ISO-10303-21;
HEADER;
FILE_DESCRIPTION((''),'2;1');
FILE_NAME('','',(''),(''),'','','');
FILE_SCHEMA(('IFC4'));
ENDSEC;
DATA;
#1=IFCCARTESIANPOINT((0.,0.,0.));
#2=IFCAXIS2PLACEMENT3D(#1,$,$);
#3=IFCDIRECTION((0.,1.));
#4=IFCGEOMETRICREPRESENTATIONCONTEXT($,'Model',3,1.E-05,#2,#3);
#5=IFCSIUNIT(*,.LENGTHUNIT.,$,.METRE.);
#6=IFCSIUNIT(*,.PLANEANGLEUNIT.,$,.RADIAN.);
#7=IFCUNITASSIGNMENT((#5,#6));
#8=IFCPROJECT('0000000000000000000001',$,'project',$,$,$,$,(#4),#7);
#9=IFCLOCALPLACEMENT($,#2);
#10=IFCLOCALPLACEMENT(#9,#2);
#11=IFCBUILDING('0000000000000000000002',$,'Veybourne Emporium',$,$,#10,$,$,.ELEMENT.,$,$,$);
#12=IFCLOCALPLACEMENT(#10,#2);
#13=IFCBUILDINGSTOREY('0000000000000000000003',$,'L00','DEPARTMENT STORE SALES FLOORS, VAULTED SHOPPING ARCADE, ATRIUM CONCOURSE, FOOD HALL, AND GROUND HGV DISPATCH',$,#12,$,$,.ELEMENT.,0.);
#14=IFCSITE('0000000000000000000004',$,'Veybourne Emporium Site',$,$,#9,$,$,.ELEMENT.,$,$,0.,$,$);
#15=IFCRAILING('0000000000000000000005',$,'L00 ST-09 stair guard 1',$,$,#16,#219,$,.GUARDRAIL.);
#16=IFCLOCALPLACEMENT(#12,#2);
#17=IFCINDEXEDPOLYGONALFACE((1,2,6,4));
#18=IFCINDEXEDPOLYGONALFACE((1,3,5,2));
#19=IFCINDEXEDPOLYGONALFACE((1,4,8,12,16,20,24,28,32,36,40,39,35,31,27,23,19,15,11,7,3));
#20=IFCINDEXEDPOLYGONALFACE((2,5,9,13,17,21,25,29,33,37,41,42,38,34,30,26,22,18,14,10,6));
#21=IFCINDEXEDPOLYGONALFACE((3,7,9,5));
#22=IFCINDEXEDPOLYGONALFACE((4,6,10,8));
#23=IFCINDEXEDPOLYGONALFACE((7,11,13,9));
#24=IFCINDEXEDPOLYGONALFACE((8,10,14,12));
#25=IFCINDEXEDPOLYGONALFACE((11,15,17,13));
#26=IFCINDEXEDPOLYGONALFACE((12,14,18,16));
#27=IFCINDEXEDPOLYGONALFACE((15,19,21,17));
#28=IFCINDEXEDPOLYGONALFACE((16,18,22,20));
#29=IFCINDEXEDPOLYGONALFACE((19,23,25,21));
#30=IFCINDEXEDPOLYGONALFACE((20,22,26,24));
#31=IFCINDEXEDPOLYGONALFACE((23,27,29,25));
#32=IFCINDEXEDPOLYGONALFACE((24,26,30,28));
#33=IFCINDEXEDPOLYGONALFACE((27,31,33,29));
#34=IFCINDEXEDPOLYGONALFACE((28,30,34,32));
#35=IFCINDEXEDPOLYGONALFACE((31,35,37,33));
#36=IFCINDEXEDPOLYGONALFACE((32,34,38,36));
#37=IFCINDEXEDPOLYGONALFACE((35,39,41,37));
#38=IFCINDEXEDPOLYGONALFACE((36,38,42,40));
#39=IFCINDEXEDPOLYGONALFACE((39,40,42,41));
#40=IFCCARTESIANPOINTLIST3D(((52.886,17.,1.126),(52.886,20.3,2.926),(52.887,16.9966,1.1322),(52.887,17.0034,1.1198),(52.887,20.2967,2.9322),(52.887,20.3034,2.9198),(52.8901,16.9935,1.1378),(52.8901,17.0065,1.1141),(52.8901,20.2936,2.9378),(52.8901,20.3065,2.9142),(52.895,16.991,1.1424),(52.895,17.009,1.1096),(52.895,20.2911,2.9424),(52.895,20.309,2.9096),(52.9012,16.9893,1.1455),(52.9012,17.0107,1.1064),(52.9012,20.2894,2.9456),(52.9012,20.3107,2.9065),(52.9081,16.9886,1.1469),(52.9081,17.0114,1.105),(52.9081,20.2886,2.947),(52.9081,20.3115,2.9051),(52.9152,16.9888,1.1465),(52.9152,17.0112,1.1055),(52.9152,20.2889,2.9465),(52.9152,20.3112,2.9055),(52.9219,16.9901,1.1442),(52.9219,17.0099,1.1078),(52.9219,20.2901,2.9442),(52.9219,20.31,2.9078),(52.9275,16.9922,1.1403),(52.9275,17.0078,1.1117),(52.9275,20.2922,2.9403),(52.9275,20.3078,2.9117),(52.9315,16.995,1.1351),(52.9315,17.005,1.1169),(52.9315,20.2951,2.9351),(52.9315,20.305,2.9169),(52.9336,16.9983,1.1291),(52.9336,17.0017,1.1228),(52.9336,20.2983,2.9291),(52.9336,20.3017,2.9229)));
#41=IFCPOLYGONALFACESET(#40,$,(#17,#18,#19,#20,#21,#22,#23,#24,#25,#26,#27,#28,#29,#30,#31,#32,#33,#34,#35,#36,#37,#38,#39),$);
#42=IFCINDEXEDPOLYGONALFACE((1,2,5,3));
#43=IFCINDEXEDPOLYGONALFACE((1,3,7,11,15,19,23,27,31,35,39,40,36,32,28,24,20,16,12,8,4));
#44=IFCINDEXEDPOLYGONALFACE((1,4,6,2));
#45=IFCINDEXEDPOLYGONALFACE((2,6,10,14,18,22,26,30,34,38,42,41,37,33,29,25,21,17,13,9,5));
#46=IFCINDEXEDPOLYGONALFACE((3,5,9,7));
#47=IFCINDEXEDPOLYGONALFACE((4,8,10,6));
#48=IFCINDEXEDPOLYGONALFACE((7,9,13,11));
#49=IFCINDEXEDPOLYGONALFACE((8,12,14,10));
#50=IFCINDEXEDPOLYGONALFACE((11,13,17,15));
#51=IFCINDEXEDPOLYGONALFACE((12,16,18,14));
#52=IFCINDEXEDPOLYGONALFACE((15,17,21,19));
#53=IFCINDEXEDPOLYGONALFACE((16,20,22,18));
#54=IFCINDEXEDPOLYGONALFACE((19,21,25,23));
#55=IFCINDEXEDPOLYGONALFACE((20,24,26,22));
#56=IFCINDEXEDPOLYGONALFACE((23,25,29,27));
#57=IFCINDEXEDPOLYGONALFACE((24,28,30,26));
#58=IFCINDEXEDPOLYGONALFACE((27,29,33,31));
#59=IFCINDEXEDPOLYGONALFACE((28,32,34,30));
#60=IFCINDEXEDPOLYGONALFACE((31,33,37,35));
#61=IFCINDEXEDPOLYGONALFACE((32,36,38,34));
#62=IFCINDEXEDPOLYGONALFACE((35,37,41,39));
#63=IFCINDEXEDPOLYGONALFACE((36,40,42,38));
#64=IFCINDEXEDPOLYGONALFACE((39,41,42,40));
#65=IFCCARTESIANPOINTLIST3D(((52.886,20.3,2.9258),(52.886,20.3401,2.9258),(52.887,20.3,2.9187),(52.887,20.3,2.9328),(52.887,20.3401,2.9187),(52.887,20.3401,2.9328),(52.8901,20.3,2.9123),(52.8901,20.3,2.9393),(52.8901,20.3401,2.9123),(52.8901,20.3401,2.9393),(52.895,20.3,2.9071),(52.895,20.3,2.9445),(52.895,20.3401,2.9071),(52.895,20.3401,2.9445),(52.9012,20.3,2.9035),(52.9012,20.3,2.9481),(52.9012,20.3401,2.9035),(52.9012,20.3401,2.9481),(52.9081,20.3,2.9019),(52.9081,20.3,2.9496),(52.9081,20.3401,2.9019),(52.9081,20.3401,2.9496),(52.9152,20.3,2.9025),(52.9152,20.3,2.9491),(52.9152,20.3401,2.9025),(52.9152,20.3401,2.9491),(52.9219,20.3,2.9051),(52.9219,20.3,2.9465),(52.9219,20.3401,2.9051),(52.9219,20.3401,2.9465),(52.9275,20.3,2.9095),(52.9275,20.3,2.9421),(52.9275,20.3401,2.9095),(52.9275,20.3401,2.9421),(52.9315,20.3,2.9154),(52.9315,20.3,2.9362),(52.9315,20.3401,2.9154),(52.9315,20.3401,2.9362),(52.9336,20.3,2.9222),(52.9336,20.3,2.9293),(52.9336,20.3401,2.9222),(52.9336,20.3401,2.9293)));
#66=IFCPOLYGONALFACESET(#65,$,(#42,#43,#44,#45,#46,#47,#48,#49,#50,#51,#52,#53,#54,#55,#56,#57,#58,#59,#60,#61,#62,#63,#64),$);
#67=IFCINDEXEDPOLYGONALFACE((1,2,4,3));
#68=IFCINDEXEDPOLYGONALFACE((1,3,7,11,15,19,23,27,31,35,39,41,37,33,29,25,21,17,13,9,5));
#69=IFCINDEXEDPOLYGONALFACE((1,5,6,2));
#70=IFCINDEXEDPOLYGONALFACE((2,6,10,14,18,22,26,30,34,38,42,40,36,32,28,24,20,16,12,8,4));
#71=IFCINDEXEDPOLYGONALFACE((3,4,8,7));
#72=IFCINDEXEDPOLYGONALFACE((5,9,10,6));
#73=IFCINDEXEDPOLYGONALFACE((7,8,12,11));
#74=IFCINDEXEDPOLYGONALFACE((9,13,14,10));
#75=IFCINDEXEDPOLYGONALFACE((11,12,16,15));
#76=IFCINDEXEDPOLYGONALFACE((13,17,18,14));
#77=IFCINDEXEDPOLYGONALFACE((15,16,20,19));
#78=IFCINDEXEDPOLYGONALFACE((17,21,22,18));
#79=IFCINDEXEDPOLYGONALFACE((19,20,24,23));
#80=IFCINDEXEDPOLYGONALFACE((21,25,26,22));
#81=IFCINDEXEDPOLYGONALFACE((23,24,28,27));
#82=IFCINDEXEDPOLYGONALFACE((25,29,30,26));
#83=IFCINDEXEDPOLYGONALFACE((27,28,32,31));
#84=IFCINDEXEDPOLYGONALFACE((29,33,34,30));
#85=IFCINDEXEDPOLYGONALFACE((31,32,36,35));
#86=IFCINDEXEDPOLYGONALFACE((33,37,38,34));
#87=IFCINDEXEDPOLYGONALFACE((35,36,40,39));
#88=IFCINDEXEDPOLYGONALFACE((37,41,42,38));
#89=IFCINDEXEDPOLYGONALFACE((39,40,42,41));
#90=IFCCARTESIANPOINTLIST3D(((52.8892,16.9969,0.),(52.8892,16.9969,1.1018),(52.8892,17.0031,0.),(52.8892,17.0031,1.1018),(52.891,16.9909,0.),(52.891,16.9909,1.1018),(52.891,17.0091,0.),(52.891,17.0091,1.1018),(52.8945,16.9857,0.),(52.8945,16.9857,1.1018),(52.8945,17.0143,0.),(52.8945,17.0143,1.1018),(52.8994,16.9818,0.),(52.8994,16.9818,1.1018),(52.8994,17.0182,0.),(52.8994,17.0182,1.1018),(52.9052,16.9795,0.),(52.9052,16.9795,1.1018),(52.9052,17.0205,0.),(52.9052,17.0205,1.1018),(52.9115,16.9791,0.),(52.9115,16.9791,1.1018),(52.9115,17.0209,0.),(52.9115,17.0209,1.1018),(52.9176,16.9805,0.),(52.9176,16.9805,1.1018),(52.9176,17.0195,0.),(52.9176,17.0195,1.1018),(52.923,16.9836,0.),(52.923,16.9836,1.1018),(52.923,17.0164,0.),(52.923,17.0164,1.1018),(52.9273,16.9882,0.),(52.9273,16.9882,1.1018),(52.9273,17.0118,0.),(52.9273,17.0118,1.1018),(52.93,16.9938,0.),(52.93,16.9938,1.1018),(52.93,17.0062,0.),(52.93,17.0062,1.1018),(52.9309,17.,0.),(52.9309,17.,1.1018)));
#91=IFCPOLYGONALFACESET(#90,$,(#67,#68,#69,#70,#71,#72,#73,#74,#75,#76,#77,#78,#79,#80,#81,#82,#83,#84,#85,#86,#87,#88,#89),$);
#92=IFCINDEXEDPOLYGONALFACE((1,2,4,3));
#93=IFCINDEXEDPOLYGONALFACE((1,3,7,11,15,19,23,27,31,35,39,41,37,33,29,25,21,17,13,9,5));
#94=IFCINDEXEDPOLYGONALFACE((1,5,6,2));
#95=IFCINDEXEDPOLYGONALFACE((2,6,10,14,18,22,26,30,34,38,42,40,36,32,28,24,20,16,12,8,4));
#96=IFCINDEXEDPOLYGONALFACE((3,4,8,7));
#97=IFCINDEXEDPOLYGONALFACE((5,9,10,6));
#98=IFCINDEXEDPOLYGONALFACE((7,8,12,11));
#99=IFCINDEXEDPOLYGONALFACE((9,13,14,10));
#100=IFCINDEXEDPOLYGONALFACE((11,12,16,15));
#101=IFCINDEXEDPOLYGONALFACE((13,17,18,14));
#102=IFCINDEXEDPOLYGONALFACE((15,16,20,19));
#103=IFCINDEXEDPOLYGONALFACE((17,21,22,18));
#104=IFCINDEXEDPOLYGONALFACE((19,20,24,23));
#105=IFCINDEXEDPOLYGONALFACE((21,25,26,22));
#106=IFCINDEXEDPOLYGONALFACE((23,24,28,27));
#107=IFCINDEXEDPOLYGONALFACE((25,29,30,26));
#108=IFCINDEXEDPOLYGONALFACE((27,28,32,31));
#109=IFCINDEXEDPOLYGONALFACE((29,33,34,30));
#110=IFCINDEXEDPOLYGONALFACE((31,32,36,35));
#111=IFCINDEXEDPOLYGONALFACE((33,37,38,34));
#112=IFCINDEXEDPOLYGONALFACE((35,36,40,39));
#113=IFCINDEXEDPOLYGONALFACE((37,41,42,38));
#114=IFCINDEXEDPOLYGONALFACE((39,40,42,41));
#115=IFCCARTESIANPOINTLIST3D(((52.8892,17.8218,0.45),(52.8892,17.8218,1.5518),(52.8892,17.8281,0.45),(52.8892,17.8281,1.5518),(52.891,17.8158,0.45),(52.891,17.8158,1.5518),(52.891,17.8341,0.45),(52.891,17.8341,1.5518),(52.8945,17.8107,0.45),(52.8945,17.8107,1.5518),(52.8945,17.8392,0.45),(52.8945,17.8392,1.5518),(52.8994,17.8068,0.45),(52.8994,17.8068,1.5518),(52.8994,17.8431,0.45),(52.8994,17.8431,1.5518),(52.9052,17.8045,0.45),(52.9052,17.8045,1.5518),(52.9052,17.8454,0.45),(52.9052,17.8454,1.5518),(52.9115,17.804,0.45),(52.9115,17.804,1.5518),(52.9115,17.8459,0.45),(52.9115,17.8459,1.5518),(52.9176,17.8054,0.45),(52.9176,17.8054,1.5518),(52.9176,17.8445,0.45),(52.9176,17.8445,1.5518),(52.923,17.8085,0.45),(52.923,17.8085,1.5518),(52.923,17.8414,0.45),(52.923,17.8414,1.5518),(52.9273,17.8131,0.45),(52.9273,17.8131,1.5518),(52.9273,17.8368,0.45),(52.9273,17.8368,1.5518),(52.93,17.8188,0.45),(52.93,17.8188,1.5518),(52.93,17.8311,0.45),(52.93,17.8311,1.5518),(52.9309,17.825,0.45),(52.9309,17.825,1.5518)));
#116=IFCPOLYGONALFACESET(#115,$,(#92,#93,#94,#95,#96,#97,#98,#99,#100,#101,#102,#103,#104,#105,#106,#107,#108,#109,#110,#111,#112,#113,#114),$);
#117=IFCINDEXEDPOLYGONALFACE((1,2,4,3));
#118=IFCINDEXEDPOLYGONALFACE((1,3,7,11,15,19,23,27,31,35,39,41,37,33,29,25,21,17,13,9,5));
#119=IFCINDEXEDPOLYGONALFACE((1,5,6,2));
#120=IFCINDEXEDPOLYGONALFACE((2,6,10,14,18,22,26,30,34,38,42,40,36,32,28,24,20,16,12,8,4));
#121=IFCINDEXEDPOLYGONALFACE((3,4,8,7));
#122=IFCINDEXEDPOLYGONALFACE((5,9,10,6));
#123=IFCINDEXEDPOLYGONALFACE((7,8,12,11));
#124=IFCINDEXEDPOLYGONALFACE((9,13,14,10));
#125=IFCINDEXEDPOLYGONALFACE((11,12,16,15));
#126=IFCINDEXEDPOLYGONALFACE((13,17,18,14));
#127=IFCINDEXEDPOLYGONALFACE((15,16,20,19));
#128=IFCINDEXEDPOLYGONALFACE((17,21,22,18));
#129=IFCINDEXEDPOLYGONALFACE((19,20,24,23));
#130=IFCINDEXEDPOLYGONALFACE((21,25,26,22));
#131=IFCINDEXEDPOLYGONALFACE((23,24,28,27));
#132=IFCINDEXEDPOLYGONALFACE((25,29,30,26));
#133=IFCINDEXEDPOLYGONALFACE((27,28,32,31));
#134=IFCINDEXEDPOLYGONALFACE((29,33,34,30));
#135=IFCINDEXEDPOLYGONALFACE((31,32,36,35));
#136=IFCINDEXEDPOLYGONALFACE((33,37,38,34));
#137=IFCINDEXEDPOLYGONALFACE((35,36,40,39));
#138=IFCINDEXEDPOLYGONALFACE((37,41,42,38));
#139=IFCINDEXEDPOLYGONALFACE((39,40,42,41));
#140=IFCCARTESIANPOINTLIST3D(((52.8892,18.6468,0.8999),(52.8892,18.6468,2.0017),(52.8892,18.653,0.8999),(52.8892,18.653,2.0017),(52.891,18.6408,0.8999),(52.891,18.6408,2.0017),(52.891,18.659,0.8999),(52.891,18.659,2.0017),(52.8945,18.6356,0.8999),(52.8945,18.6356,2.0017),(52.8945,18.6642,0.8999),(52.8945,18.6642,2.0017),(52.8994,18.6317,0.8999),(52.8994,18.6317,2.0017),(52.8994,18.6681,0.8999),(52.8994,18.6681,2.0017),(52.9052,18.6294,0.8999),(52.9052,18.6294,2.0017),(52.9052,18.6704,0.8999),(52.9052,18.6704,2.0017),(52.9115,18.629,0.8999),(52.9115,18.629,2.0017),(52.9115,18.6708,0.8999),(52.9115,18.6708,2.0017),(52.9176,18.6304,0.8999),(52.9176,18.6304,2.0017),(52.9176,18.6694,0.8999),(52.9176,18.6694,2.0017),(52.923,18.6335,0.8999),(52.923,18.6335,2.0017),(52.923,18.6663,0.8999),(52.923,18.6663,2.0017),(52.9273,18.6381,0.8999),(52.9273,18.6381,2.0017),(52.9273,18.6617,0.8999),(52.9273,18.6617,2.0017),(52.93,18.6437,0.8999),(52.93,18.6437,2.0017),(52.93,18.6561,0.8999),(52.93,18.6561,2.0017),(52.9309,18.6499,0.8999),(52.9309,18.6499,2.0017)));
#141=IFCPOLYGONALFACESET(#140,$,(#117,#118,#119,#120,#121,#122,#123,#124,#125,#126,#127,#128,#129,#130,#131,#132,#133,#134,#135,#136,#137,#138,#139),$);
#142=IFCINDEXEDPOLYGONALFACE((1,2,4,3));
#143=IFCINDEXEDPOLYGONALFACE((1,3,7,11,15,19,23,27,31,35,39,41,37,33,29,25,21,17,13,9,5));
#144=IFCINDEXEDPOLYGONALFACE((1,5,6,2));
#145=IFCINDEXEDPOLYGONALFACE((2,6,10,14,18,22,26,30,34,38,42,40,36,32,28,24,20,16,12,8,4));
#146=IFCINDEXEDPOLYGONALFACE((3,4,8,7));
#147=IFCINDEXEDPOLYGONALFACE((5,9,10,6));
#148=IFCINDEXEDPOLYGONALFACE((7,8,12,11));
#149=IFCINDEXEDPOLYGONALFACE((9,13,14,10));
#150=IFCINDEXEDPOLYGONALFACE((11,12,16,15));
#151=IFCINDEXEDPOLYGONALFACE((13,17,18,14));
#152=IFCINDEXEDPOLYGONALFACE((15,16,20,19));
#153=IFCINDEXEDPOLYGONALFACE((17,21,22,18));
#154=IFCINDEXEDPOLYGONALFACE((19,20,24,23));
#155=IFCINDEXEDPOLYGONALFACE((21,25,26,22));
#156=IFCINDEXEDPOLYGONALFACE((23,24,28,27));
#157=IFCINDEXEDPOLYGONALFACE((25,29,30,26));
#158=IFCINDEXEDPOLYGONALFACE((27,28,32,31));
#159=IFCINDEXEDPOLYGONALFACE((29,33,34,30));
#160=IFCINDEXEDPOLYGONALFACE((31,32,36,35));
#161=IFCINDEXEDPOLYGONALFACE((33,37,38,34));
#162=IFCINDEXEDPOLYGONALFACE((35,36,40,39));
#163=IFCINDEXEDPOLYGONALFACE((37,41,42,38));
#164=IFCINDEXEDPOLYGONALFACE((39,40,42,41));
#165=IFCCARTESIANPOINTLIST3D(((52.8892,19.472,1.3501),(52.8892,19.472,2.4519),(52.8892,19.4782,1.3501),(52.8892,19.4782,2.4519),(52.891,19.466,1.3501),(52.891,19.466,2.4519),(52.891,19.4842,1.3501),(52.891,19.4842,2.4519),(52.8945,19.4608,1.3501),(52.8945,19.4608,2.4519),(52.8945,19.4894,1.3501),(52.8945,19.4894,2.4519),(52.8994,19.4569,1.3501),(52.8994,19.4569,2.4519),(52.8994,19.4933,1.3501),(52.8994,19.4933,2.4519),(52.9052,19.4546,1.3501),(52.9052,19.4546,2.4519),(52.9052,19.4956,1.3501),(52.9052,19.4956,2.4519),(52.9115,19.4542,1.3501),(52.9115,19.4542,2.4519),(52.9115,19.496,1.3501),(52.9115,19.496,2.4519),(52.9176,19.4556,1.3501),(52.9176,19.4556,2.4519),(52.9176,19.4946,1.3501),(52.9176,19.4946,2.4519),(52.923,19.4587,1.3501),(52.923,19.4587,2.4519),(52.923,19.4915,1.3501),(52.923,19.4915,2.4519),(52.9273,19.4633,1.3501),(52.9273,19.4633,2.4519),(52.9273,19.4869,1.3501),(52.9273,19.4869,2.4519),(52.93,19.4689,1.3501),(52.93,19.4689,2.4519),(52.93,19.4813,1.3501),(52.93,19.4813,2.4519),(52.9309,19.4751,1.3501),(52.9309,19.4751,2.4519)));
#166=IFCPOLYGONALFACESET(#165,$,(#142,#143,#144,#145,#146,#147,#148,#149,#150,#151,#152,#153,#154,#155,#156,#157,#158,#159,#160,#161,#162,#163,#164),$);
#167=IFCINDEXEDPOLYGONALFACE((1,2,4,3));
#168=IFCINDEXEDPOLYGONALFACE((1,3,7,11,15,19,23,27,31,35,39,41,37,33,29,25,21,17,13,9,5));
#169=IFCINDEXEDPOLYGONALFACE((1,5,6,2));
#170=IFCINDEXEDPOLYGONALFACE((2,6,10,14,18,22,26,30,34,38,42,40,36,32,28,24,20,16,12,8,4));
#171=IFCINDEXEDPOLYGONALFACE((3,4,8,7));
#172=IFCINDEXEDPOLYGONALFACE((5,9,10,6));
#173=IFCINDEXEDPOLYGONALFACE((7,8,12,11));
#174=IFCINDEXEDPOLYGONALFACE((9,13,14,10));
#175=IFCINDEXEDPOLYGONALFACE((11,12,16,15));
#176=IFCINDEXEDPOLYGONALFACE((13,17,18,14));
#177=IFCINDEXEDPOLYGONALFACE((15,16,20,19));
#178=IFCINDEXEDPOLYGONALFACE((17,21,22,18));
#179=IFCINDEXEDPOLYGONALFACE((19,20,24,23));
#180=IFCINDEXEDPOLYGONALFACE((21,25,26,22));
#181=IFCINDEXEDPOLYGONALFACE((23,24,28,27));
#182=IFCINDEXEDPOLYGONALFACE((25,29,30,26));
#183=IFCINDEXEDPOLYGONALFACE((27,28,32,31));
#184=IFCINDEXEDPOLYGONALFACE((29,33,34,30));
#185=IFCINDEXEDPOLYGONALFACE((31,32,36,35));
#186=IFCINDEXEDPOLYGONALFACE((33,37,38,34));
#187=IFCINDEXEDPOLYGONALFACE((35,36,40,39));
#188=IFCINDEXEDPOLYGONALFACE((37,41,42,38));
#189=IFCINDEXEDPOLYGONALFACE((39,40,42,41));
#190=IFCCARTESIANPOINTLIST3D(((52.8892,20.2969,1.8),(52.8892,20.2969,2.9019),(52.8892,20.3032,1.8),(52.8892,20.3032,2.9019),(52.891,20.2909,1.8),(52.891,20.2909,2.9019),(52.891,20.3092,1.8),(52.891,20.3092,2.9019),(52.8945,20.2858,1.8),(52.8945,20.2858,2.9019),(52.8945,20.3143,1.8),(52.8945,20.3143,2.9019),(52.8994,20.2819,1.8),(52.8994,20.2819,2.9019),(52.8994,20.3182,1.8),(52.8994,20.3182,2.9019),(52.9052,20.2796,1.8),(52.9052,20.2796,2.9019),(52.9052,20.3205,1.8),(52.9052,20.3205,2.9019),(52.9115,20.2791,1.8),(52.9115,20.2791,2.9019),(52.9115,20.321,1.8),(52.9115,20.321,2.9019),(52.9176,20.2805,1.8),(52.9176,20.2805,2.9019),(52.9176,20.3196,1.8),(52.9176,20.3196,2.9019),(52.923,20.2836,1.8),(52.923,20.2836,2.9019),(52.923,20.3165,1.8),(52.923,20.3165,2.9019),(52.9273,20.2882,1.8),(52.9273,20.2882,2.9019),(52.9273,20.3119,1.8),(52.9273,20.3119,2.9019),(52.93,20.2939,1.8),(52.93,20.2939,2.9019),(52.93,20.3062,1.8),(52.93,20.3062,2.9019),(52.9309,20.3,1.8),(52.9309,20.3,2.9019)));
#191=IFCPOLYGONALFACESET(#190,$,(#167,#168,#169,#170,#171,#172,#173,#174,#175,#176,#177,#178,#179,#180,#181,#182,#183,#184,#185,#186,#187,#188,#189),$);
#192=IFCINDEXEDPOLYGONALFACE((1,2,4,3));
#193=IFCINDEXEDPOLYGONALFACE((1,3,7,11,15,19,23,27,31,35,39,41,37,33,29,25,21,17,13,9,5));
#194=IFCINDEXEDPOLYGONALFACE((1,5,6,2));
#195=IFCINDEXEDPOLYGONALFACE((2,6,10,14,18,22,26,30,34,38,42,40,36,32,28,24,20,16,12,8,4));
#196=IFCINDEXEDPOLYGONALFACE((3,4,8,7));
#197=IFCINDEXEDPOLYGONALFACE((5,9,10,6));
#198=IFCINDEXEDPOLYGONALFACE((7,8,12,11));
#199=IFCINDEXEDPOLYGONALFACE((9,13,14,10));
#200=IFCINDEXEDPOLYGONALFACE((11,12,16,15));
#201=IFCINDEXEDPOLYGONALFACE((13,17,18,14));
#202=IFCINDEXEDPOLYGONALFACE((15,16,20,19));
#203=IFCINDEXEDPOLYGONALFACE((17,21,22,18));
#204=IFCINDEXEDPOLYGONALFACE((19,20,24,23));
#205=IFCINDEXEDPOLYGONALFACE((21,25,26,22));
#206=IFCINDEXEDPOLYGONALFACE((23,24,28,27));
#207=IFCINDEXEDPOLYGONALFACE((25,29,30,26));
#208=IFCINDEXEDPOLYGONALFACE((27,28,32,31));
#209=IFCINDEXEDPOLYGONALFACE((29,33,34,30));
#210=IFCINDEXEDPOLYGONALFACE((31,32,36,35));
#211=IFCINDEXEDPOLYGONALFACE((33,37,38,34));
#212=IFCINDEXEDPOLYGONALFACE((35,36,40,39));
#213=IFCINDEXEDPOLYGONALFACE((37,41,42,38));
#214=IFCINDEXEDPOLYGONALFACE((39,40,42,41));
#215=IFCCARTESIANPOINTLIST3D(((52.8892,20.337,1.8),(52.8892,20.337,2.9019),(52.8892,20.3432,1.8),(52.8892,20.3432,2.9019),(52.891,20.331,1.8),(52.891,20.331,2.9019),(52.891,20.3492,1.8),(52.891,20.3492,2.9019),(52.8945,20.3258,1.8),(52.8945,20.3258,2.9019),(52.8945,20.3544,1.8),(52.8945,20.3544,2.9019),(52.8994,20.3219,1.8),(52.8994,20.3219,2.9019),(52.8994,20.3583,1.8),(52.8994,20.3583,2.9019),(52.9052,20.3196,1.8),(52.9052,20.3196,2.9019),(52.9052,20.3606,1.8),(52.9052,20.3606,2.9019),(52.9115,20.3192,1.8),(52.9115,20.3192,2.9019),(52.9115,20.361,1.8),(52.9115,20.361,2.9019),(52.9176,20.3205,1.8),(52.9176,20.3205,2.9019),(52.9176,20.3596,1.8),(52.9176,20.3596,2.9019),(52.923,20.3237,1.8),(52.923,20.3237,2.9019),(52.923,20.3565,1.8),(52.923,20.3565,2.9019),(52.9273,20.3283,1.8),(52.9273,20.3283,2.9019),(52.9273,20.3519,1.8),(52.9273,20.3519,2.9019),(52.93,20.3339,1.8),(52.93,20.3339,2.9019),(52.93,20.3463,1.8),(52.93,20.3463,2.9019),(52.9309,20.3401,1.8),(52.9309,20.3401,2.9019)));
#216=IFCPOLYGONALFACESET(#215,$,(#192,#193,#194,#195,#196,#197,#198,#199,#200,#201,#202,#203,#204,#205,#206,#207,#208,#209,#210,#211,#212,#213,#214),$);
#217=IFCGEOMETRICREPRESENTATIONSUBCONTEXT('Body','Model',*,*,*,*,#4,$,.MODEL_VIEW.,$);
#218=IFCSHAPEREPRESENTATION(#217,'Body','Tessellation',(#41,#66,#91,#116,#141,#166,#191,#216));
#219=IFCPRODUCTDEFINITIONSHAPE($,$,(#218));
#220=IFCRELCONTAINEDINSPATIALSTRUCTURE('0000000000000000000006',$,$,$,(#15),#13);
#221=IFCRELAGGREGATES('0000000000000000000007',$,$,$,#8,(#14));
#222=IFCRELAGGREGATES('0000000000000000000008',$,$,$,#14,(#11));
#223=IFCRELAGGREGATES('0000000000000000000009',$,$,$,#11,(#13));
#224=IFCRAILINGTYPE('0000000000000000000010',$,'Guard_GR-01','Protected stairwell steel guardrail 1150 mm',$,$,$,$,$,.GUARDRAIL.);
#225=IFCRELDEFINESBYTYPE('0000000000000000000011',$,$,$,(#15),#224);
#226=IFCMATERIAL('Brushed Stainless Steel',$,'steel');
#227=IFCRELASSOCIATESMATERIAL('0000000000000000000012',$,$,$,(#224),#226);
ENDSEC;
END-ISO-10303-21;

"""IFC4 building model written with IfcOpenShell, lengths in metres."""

from ifc_helpers import new_model, si_unit, direction, frame, origin, origin_2d, place, context, subcontext, project, spatial, circle, extrude, material, type_object, element, save


model = new_model("IFC4")

# Units and contexts
model_context = context("Model", 3, precision=1e-05, world=origin(), true_north=direction((0.0, 1.0)))
body_context = subcontext(model_context, "Body", "Model", "MODEL_VIEW")
ifc_project = project(units=[si_unit("LENGTHUNIT", "METRE"), si_unit("PLANEANGLEUNIT", "RADIAN")], contexts=[model_context])

# Site, building, storey
site_placement = place(None, origin())
site = spatial("IfcSite", under=ifc_project, at=site_placement, Name="Veybourne Emporium Site", CompositionType="ELEMENT", RefElevation=0.0)
building_placement = place(site_placement, origin())
building = spatial("IfcBuilding", under=site, at=building_placement, Name="Veybourne Emporium", CompositionType="ELEMENT")
storey_placement = place(building_placement, origin())
storey = spatial("IfcBuildingStorey", under=building, at=storey_placement, Name="L00", Description="DEPARTMENT STORE SALES FLOORS, VAULTED SHOPPING ARCADE, ATRIUM CONCOURSE, FOOD HALL, AND GROUND HGV DISPATCH", CompositionType="ELEMENT", Elevation=0.0)

# Railing
ifc_material_1 = material(Name="Brushed Stainless Steel", Category="steel")
railing_type_1 = type_object("IfcRailingType", Name="Guard_GR-01", Description="Protected stairwell steel guardrail 1150 mm", PredefinedType="GUARDRAIL", material=ifc_material_1)
railing_1_placement = place(storey_placement, frame((52.9099, 17.0, 0.0)))
element("IfcRailing", 1, at=railing_1_placement, inside=storey, type_object=railing_type_1, Name="L00 ST-09 stair guard 1", PredefinedType="GUARDRAIL", context=body_context, shape_type="SweptSolid", body=[
    extrude(circle(Radius=0.0239, at=origin_2d()), frame((0.0, 0.0, 1.126), z_axis=(0.0, 0.877893, 0.478857), x_axis=(-1.0, 0.0, 0.0)), (0.0, 0.0, 1.0), 3.759),
    extrude(circle(Radius=0.0239, at=origin_2d()), frame((0.0, 3.3, 2.9258), z_axis=(0.0, 1.0, 0.0), x_axis=(-1.0, 0.0, 0.0)), (0.0, 0.0, 1.0), 0.04),
    extrude(circle(Radius=0.021, at=origin_2d()), origin(), (0.0, 0.0, 1.0), 1.1018),
    extrude(circle(Radius=0.021, at=origin_2d()), frame((0.0, 0.825, 0.45)), (0.0, 0.0, 1.0), 1.1018),
    extrude(circle(Radius=0.021, at=origin_2d()), frame((0.0, 1.6499, 0.8999)), (0.0, 0.0, 1.0), 1.1018),
    extrude(circle(Radius=0.021, at=origin_2d()), frame((0.0, 2.4751, 1.3501)), (0.0, 0.0, 1.0), 1.1018),
    extrude(circle(Radius=0.021, at=origin_2d()), frame((0.0, 3.3, 1.8)), (0.0, 0.0, 1.0), 1.1018),
    extrude(circle(Radius=0.021, at=origin_2d()), frame((0.0, 3.3401, 1.8)), (0.0, 0.0, 1.0), 1.1018),
])

save(model, "model.ifc")
